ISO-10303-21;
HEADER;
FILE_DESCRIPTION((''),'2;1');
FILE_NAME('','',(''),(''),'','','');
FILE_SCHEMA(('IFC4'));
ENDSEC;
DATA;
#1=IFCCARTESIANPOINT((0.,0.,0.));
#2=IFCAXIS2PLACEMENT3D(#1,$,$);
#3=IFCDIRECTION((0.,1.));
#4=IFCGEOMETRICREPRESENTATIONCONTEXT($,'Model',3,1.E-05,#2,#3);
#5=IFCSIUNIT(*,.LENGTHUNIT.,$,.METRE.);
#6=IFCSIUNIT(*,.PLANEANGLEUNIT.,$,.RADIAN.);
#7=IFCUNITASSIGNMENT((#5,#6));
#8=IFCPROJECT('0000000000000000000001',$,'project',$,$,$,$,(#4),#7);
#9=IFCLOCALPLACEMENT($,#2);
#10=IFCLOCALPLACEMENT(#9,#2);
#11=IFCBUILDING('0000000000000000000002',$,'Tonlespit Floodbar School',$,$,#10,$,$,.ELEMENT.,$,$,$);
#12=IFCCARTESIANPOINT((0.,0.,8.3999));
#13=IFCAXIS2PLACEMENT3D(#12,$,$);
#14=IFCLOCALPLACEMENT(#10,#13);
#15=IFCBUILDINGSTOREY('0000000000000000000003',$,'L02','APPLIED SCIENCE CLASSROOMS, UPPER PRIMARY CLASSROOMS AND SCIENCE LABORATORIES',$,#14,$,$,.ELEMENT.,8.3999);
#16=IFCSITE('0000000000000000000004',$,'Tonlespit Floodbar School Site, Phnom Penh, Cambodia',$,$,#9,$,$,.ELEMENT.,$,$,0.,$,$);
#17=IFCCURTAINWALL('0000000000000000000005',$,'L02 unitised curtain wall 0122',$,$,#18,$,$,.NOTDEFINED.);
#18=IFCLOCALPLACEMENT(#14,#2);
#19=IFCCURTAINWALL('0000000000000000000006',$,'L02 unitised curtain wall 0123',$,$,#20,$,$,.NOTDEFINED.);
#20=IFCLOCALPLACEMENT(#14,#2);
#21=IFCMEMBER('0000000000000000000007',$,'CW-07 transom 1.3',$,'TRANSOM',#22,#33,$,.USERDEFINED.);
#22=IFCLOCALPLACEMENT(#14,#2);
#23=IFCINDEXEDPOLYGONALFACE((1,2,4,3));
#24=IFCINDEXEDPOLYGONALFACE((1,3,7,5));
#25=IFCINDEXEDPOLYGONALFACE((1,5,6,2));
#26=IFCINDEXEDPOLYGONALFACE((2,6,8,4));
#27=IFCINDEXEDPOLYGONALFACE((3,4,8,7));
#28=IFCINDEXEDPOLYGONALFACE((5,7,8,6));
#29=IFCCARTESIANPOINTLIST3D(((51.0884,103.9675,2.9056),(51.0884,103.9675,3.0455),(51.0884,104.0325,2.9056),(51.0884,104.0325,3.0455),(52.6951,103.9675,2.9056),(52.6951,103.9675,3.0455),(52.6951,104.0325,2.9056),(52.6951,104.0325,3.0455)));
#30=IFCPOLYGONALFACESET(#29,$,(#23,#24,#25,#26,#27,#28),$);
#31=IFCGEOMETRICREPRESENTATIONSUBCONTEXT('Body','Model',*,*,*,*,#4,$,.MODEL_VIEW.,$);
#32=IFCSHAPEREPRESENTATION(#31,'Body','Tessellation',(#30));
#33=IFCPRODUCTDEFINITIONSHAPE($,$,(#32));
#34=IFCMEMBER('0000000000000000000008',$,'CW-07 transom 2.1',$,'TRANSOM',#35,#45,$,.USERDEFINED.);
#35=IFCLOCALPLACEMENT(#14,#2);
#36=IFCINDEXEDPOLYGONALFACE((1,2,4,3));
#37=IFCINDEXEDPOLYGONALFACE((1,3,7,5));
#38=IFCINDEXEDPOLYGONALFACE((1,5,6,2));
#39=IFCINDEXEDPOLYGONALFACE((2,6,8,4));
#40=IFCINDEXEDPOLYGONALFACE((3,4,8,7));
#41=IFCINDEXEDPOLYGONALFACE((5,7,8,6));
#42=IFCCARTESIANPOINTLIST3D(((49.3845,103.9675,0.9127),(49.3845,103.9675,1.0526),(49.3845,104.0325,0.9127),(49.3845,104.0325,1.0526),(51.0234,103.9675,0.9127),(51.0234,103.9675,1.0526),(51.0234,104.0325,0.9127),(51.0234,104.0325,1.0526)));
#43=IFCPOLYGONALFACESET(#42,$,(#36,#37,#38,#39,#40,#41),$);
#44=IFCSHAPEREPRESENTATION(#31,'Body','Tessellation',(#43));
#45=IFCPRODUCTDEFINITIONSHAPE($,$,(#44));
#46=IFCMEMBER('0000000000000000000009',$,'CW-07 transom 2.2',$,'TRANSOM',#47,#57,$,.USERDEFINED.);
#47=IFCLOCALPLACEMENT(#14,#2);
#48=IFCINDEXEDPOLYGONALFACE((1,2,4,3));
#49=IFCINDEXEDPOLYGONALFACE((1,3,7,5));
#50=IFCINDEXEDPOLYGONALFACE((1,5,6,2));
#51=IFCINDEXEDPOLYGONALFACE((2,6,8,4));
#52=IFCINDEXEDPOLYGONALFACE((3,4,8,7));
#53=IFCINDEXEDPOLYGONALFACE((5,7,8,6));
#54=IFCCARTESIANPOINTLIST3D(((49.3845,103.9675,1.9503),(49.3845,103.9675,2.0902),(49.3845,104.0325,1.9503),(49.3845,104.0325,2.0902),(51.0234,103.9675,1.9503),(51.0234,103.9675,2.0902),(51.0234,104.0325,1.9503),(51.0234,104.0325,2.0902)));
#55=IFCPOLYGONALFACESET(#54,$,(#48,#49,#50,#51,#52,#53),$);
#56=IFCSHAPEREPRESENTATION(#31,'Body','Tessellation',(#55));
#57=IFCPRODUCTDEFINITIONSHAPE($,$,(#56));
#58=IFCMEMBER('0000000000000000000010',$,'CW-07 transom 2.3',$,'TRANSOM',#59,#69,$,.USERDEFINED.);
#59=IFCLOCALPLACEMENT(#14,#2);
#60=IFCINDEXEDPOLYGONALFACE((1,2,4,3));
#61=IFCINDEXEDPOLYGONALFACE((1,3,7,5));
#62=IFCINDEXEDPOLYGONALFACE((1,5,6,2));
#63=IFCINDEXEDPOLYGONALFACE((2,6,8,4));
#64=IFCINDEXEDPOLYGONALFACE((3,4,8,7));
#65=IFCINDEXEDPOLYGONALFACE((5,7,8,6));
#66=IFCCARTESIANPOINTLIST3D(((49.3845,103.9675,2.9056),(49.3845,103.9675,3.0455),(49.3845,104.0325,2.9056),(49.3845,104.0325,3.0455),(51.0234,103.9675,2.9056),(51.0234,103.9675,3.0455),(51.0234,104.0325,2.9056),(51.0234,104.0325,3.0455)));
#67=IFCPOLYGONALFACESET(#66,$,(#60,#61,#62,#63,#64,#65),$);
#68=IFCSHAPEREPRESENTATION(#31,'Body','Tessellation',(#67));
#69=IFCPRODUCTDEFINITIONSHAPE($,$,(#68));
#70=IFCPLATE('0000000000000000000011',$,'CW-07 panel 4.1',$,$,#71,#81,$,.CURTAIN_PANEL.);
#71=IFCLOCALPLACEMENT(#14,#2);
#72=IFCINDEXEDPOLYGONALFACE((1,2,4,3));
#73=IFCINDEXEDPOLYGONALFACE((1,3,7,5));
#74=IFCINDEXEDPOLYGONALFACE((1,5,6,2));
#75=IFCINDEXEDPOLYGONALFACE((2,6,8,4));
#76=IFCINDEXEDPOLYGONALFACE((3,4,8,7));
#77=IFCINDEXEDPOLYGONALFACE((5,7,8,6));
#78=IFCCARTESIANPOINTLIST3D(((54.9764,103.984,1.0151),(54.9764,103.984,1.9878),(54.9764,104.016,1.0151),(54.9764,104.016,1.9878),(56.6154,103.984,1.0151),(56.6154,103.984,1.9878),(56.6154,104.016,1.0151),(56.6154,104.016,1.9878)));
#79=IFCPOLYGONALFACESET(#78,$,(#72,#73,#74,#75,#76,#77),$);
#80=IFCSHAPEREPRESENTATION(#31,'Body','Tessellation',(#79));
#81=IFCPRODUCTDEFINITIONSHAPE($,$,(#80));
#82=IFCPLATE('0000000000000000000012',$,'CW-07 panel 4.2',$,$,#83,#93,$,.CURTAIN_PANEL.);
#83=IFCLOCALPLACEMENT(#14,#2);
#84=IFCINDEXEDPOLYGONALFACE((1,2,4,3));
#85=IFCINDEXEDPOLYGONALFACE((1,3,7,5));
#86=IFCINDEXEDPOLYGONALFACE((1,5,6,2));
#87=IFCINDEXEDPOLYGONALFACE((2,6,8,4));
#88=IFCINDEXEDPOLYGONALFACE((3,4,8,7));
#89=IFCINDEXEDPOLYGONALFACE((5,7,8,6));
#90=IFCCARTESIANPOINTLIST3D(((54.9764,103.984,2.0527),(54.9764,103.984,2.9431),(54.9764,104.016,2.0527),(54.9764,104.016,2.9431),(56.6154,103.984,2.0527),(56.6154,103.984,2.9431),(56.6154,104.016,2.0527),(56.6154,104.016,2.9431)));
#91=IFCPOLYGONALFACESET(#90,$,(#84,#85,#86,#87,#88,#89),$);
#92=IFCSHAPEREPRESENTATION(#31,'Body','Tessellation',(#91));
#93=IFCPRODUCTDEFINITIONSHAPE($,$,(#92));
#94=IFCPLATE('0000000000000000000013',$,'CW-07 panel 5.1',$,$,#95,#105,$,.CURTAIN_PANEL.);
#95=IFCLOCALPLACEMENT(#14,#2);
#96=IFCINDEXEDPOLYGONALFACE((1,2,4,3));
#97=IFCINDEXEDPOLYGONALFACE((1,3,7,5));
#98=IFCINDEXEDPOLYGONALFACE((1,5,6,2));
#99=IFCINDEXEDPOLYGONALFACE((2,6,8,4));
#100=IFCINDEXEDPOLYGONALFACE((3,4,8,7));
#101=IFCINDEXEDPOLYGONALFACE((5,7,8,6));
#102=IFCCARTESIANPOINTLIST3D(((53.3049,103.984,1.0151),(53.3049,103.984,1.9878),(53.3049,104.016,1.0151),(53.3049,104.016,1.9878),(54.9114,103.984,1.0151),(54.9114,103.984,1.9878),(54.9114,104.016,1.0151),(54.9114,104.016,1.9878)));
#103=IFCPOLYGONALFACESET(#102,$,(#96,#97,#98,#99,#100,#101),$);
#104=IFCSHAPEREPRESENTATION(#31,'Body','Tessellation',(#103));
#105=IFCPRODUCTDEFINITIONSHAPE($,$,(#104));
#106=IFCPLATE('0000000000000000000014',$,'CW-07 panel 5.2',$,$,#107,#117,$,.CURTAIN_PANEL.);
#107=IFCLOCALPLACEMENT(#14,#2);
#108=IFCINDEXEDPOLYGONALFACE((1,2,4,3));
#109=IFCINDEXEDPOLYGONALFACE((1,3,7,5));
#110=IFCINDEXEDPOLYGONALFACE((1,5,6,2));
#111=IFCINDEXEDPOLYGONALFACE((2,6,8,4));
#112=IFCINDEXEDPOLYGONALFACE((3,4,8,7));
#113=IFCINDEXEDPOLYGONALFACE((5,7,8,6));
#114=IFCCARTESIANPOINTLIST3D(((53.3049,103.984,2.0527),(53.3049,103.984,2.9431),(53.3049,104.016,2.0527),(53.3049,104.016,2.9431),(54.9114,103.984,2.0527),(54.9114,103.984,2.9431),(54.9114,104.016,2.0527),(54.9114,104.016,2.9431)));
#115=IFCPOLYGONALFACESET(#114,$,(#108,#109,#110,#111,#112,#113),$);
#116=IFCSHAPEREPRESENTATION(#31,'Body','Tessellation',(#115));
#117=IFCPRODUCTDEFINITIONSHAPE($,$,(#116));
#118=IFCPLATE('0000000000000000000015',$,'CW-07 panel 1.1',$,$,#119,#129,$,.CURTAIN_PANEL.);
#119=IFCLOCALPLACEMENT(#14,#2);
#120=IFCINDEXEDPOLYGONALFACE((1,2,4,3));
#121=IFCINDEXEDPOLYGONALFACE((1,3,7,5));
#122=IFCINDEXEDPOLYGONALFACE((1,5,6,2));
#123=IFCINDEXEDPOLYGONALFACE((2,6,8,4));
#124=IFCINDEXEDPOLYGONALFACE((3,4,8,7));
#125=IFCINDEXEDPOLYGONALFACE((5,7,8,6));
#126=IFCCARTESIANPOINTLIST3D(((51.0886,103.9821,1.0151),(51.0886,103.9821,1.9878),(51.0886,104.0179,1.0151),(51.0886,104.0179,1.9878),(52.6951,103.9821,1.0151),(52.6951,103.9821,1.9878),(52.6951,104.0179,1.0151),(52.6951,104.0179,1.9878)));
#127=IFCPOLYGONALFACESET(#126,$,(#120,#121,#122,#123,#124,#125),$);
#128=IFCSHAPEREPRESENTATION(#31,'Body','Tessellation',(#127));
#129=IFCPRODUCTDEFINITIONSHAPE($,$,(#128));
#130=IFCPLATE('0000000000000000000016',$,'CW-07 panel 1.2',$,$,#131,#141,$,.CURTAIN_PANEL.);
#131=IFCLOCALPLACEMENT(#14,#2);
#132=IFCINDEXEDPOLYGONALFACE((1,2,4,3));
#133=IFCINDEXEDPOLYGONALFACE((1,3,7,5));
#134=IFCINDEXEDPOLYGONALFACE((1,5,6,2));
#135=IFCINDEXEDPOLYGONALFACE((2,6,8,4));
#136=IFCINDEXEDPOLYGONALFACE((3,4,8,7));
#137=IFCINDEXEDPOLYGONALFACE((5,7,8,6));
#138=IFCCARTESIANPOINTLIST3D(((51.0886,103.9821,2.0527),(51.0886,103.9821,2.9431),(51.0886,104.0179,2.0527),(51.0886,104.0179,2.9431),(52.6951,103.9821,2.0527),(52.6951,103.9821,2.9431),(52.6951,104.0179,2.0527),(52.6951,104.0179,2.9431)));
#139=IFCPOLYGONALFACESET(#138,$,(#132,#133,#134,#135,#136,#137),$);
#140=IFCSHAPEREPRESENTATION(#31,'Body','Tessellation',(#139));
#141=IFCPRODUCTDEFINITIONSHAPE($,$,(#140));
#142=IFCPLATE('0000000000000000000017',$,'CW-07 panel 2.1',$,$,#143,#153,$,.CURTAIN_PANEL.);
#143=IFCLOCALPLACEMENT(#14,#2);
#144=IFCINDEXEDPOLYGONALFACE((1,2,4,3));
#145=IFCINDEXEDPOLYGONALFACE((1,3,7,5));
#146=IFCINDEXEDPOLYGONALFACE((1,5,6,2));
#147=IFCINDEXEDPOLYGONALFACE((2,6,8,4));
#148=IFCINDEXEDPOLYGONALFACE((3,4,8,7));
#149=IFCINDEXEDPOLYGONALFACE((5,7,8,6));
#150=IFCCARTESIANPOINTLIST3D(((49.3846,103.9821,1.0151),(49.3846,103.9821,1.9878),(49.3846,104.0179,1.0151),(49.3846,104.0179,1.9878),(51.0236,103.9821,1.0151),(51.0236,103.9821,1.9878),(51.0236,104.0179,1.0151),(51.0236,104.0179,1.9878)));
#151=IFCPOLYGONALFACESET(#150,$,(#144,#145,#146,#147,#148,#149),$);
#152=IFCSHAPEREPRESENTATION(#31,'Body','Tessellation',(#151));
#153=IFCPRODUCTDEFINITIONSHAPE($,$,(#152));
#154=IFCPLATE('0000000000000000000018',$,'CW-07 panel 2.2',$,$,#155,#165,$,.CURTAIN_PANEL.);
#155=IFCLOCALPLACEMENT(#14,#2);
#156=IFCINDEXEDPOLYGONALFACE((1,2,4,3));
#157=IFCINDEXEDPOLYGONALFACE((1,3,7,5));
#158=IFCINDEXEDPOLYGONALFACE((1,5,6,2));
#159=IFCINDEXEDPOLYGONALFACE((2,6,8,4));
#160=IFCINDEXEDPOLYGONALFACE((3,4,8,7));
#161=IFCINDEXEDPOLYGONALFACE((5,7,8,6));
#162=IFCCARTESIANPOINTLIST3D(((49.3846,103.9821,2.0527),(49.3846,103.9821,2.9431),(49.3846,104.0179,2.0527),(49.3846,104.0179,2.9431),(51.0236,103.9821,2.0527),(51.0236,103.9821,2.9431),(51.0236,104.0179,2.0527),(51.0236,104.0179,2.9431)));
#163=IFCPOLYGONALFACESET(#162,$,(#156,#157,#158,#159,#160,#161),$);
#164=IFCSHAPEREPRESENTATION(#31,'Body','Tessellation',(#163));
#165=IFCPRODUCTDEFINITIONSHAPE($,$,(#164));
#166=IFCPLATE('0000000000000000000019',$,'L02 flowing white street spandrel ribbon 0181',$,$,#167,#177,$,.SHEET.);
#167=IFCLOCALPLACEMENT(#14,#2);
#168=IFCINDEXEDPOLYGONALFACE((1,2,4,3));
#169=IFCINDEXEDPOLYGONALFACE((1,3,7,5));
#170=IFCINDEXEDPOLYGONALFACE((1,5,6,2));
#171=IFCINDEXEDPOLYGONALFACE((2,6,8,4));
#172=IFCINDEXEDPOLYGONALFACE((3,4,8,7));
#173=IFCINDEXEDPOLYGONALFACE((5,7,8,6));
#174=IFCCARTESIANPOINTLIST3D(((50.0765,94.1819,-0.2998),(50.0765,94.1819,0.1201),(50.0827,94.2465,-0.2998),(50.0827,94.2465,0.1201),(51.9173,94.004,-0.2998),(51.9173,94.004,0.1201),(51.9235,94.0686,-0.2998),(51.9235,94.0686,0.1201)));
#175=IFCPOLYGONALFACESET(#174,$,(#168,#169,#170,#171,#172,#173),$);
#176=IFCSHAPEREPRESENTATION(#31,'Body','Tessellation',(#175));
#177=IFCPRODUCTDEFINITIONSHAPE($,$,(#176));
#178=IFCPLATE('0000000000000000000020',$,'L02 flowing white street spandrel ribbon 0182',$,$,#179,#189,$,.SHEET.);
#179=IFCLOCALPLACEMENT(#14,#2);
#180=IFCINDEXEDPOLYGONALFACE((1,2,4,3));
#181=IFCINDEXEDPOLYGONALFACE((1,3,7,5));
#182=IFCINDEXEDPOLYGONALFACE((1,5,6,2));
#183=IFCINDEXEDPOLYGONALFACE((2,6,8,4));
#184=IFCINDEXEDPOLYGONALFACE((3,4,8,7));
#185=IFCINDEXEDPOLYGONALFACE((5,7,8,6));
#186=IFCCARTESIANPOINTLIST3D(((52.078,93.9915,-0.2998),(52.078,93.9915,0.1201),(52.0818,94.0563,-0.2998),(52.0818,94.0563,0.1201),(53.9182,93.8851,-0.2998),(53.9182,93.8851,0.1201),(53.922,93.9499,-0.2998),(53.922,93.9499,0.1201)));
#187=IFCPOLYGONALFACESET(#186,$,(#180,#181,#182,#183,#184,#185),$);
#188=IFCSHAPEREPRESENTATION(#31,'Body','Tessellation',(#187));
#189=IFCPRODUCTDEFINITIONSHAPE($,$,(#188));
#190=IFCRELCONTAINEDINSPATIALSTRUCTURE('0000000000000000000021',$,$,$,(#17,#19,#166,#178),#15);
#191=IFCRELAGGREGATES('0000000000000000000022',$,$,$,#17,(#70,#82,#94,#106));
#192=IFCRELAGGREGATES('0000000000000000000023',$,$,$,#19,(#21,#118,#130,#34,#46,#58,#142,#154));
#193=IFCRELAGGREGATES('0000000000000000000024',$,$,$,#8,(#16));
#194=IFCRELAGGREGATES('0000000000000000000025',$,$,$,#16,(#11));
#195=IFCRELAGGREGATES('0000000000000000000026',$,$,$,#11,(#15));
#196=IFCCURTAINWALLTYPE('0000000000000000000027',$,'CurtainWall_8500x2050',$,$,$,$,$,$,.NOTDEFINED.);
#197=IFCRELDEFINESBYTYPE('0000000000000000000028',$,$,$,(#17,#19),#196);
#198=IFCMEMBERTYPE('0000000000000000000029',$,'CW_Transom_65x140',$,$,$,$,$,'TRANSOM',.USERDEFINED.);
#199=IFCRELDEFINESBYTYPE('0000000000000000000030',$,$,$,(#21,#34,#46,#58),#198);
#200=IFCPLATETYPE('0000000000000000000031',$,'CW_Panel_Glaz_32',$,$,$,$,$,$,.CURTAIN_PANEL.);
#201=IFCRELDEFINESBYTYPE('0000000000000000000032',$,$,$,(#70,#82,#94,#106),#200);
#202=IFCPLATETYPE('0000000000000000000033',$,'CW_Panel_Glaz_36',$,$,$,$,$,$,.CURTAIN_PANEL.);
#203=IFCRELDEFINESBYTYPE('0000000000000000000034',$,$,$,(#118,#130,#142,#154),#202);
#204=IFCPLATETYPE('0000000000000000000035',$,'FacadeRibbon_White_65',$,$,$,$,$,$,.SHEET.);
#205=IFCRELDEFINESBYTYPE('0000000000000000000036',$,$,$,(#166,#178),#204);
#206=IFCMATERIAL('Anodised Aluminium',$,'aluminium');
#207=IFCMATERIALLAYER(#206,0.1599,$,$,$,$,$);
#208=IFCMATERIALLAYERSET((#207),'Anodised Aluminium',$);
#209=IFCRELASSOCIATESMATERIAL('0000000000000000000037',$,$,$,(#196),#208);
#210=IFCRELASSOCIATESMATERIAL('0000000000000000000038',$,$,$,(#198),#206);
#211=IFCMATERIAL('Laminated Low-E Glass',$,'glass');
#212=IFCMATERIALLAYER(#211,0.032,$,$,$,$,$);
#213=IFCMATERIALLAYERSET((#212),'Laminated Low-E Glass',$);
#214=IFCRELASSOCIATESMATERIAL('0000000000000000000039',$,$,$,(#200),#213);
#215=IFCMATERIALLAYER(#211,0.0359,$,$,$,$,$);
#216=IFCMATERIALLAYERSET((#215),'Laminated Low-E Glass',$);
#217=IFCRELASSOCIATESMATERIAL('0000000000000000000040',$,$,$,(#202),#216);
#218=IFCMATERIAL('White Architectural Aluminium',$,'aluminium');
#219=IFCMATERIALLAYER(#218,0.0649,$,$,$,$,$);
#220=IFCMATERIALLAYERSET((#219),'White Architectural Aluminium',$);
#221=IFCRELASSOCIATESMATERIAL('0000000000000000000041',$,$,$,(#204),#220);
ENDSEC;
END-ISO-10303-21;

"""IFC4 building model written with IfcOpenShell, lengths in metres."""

from ifc_helpers import new_model, si_unit, direction, frame, origin, origin_2d, place, context, subcontext, project, spatial, rectangle, extrude, material, layer, layer_set, material_profile, profile_set, type_object, element, aggregate, save


model = new_model("IFC4")

# Units and contexts
model_context = context("Model", 3, precision=1e-05, world=origin(), true_north=direction((0.0, 1.0)))
body_context = subcontext(model_context, "Body", "Model", "MODEL_VIEW")
ifc_project = project(units=[si_unit("LENGTHUNIT", "METRE"), si_unit("PLANEANGLEUNIT", "RADIAN")], contexts=[model_context])

# Site, building, storey
site_placement = place(None, origin())
site = spatial("IfcSite", under=ifc_project, at=site_placement, Name="Tonlespit Floodbar School Site, Phnom Penh, Cambodia", CompositionType="ELEMENT", RefElevation=0.0)
building_placement = place(site_placement, origin())
building = spatial("IfcBuilding", under=site, at=building_placement, Name="Tonlespit Floodbar School", CompositionType="ELEMENT")
storey_placement = place(building_placement, frame((0.0, 0.0, 8.3999)))
storey = spatial("IfcBuildingStorey", under=building, at=storey_placement, Name="L02", Description="APPLIED SCIENCE CLASSROOMS, UPPER PRIMARY CLASSROOMS AND SCIENCE LABORATORIES", CompositionType="ELEMENT", Elevation=8.3999)

# Curtain walls
ifc_material_1 = material(Name="Anodised Aluminium", Category="aluminium")
ifc_layer_1 = layer(ifc_material_1, 0.1599)
ifc_layer_set_1 = layer_set([ifc_layer_1], Name="Anodised Aluminium")
curtain_wall_type = type_object("IfcCurtainWallType", Name="CurtainWall_8500x2050", PredefinedType="NOTDEFINED", material=ifc_layer_set_1)
curtain_wall_1_placement = place(storey_placement, origin())
curtain_wall_1 = element("IfcCurtainWall", 1, at=curtain_wall_1_placement, inside=storey, type_object=curtain_wall_type, Name="L02 unitised curtain wall 0122", PredefinedType="NOTDEFINED")
curtain_wall_2_placement = place(storey_placement, origin())
curtain_wall_2 = element("IfcCurtainWall", 2, at=curtain_wall_2_placement, inside=storey, type_object=curtain_wall_type, Name="L02 unitised curtain wall 0123", PredefinedType="NOTDEFINED")

# Members
ifc_material_profile_1 = material_profile(ifc_material_1, rectangle(XDim=0.0649, YDim=0.1399, at=origin_2d()), Name="ALU T65x140")
ifc_profile_set_1 = profile_set([ifc_material_profile_1], Name="Anodised Aluminium")
member_type_1 = type_object("IfcMemberType", Name="CW_Transom_65x140", ElementType="TRANSOM", PredefinedType="USERDEFINED", material=ifc_profile_set_1)
member_1_placement = place(storey_placement, frame((52.6951, 104.0, 2.9756), z_axis=(-1.0, 0.0, 0.0), x_axis=(0.0, -1.0, 0.0)))
member_1 = element("IfcMember", 3, at=member_1_placement, type_object=member_type_1, Name="CW-07 transom 1.3", ObjectType="TRANSOM", PredefinedType="USERDEFINED", context=body_context, shape_type="SweptSolid", body=[
    extrude(rectangle(XDim=0.0649, YDim=0.1399, at=origin_2d()), origin(), (0.0, 0.0, 1.0), 1.6067),
])
member_2_placement = place(storey_placement, frame((51.0234, 104.0, 0.9827), z_axis=(-1.0, 0.0, 0.0), x_axis=(0.0, -1.0, 0.0)))
member_2 = element("IfcMember", 4, at=member_2_placement, type_object=member_type_1, Name="CW-07 transom 2.1", ObjectType="TRANSOM", PredefinedType="USERDEFINED", context=body_context, shape_type="SweptSolid", body=[
    extrude(rectangle(XDim=0.0649, YDim=0.1399, at=origin_2d()), origin(), (0.0, 0.0, 1.0), 1.6389),
])
member_3_placement = place(storey_placement, frame((51.0234, 104.0, 2.0203), z_axis=(-1.0, 0.0, 0.0), x_axis=(0.0, -1.0, 0.0)))
member_3 = element("IfcMember", 5, at=member_3_placement, type_object=member_type_1, Name="CW-07 transom 2.2", ObjectType="TRANSOM", PredefinedType="USERDEFINED", context=body_context, shape_type="SweptSolid", body=[
    extrude(rectangle(XDim=0.0649, YDim=0.1399, at=origin_2d()), origin(), (0.0, 0.0, 1.0), 1.6389),
])
member_4_placement = place(storey_placement, frame((51.0234, 104.0, 2.9756), z_axis=(-1.0, 0.0, 0.0), x_axis=(0.0, -1.0, 0.0)))
member_4 = element("IfcMember", 6, at=member_4_placement, type_object=member_type_1, Name="CW-07 transom 2.3", ObjectType="TRANSOM", PredefinedType="USERDEFINED", context=body_context, shape_type="SweptSolid", body=[
    extrude(rectangle(XDim=0.0649, YDim=0.1399, at=origin_2d()), origin(), (0.0, 0.0, 1.0), 1.6389),
])

# Plates
ifc_material_2 = material(Name="Laminated Low-E Glass", Category="glass")
ifc_layer_2 = layer(ifc_material_2, 0.032)
ifc_layer_set_2 = layer_set([ifc_layer_2], Name="Laminated Low-E Glass")
plate_type_1 = type_object("IfcPlateType", Name="CW_Panel_Glaz_32", PredefinedType="CURTAIN_PANEL", material=ifc_layer_set_2)
plate_1_placement = place(storey_placement, frame((55.7959, 104.0, 1.0151), z_axis=(0.0, 0.0, 1.0), x_axis=(-1.0, 0.0, 0.0)))
plate_1 = element("IfcPlate", 7, at=plate_1_placement, type_object=plate_type_1, Name="CW-07 panel 4.1", PredefinedType="CURTAIN_PANEL", context=body_context, shape_type="SweptSolid", body=[
    extrude(rectangle(XDim=1.6389, YDim=0.032, at=origin_2d()), origin(), (0.0, 0.0, 1.0), 0.9727),
])
plate_2_placement = place(storey_placement, frame((55.7959, 104.0, 2.0527), z_axis=(0.0, 0.0, 1.0), x_axis=(-1.0, 0.0, 0.0)))
plate_2 = element("IfcPlate", 8, at=plate_2_placement, type_object=plate_type_1, Name="CW-07 panel 4.2", PredefinedType="CURTAIN_PANEL", context=body_context, shape_type="SweptSolid", body=[
    extrude(rectangle(XDim=1.6389, YDim=0.032, at=origin_2d()), origin(), (0.0, 0.0, 1.0), 0.8904),
])
plate_3_placement = place(storey_placement, frame((54.1082, 104.0, 1.0151), z_axis=(0.0, 0.0, 1.0), x_axis=(-1.0, 0.0, 0.0)))
plate_3 = element("IfcPlate", 9, at=plate_3_placement, type_object=plate_type_1, Name="CW-07 panel 5.1", PredefinedType="CURTAIN_PANEL", context=body_context, shape_type="SweptSolid", body=[
    extrude(rectangle(XDim=1.6064, YDim=0.032, at=origin_2d()), origin(), (0.0, 0.0, 1.0), 0.9727),
])
plate_4_placement = place(storey_placement, frame((54.1082, 104.0, 2.0527), z_axis=(0.0, 0.0, 1.0), x_axis=(-1.0, 0.0, 0.0)))
plate_4 = element("IfcPlate", 10, at=plate_4_placement, type_object=plate_type_1, Name="CW-07 panel 5.2", PredefinedType="CURTAIN_PANEL", context=body_context, shape_type="SweptSolid", body=[
    extrude(rectangle(XDim=1.6064, YDim=0.032, at=origin_2d()), origin(), (0.0, 0.0, 1.0), 0.8904),
])
aggregate(curtain_wall_1, [plate_1, plate_2, plate_3, plate_4])
ifc_layer_3 = layer(ifc_material_2, 0.0359)
ifc_layer_set_3 = layer_set([ifc_layer_3], Name="Laminated Low-E Glass")
plate_type_2 = type_object("IfcPlateType", Name="CW_Panel_Glaz_36", PredefinedType="CURTAIN_PANEL", material=ifc_layer_set_3)
plate_5_placement = place(storey_placement, frame((51.8918, 104.0, 1.0151), z_axis=(0.0, 0.0, 1.0), x_axis=(-1.0, 0.0, 0.0)))
plate_5 = element("IfcPlate", 11, at=plate_5_placement, type_object=plate_type_2, Name="CW-07 panel 1.1", PredefinedType="CURTAIN_PANEL", context=body_context, shape_type="SweptSolid", body=[
    extrude(rectangle(XDim=1.6064, YDim=0.0359, at=origin_2d()), origin(), (0.0, 0.0, 1.0), 0.9727),
])
plate_6_placement = place(storey_placement, frame((51.8918, 104.0, 2.0527), z_axis=(0.0, 0.0, 1.0), x_axis=(-1.0, 0.0, 0.0)))
plate_6 = element("IfcPlate", 12, at=plate_6_placement, type_object=plate_type_2, Name="CW-07 panel 1.2", PredefinedType="CURTAIN_PANEL", context=body_context, shape_type="SweptSolid", body=[
    extrude(rectangle(XDim=1.6064, YDim=0.0359, at=origin_2d()), origin(), (0.0, 0.0, 1.0), 0.8904),
])
plate_7_placement = place(storey_placement, frame((50.2041, 104.0, 1.0151), z_axis=(0.0, 0.0, 1.0), x_axis=(-1.0, 0.0, 0.0)))
plate_7 = element("IfcPlate", 13, at=plate_7_placement, type_object=plate_type_2, Name="CW-07 panel 2.1", PredefinedType="CURTAIN_PANEL", context=body_context, shape_type="SweptSolid", body=[
    extrude(rectangle(XDim=1.6389, YDim=0.0359, at=origin_2d()), origin(), (0.0, 0.0, 1.0), 0.9727),
])
plate_8_placement = place(storey_placement, frame((50.2041, 104.0, 2.0527), z_axis=(0.0, 0.0, 1.0), x_axis=(-1.0, 0.0, 0.0)))
plate_8 = element("IfcPlate", 14, at=plate_8_placement, type_object=plate_type_2, Name="CW-07 panel 2.2", PredefinedType="CURTAIN_PANEL", context=body_context, shape_type="SweptSolid", body=[
    extrude(rectangle(XDim=1.6389, YDim=0.0359, at=origin_2d()), origin(), (0.0, 0.0, 1.0), 0.8904),
])
aggregate(curtain_wall_2, [member_1, plate_5, plate_6, member_2, member_3, member_4, plate_7, plate_8])

# Plates
ifc_material_3 = material(Name="White Architectural Aluminium", Category="aluminium")
ifc_layer_4 = layer(ifc_material_3, 0.0649)
ifc_layer_set_4 = layer_set([ifc_layer_4], Name="White Architectural Aluminium")
plate_type_3 = type_object("IfcPlateType", Name="FacadeRibbon_White_65", PredefinedType="SHEET", material=ifc_layer_set_4)
plate_9_placement = place(storey_placement, frame((51.0, 94.1252, -0.2998), z_axis=(0.0, 0.0, 1.0), x_axis=(0.995362, -0.096202, 0.0)))
element("IfcPlate", 15, at=plate_9_placement, inside=storey, type_object=plate_type_3, Name="L02 flowing white street spandrel ribbon 0181", PredefinedType="SHEET", context=body_context, shape_type="SweptSolid", body=[
    extrude(rectangle(XDim=1.8494, YDim=0.0649, at=origin_2d()), origin(), (0.0, 0.0, 1.0), 0.4199),
])
plate_10_placement = place(storey_placement, frame((53.0, 93.9707, -0.2998), z_axis=(0.0, 0.0, 1.0), x_axis=(0.998334, -0.057703, 0.0)))
element("IfcPlate", 16, at=plate_10_placement, inside=storey, type_object=plate_type_3, Name="L02 flowing white street spandrel ribbon 0182", PredefinedType="SHEET", context=body_context, shape_type="SweptSolid", body=[
    extrude(rectangle(XDim=1.8433, YDim=0.0649, at=origin_2d()), origin(), (0.0, 0.0, 1.0), 0.4199),
])

save(model, "model.ifc")
